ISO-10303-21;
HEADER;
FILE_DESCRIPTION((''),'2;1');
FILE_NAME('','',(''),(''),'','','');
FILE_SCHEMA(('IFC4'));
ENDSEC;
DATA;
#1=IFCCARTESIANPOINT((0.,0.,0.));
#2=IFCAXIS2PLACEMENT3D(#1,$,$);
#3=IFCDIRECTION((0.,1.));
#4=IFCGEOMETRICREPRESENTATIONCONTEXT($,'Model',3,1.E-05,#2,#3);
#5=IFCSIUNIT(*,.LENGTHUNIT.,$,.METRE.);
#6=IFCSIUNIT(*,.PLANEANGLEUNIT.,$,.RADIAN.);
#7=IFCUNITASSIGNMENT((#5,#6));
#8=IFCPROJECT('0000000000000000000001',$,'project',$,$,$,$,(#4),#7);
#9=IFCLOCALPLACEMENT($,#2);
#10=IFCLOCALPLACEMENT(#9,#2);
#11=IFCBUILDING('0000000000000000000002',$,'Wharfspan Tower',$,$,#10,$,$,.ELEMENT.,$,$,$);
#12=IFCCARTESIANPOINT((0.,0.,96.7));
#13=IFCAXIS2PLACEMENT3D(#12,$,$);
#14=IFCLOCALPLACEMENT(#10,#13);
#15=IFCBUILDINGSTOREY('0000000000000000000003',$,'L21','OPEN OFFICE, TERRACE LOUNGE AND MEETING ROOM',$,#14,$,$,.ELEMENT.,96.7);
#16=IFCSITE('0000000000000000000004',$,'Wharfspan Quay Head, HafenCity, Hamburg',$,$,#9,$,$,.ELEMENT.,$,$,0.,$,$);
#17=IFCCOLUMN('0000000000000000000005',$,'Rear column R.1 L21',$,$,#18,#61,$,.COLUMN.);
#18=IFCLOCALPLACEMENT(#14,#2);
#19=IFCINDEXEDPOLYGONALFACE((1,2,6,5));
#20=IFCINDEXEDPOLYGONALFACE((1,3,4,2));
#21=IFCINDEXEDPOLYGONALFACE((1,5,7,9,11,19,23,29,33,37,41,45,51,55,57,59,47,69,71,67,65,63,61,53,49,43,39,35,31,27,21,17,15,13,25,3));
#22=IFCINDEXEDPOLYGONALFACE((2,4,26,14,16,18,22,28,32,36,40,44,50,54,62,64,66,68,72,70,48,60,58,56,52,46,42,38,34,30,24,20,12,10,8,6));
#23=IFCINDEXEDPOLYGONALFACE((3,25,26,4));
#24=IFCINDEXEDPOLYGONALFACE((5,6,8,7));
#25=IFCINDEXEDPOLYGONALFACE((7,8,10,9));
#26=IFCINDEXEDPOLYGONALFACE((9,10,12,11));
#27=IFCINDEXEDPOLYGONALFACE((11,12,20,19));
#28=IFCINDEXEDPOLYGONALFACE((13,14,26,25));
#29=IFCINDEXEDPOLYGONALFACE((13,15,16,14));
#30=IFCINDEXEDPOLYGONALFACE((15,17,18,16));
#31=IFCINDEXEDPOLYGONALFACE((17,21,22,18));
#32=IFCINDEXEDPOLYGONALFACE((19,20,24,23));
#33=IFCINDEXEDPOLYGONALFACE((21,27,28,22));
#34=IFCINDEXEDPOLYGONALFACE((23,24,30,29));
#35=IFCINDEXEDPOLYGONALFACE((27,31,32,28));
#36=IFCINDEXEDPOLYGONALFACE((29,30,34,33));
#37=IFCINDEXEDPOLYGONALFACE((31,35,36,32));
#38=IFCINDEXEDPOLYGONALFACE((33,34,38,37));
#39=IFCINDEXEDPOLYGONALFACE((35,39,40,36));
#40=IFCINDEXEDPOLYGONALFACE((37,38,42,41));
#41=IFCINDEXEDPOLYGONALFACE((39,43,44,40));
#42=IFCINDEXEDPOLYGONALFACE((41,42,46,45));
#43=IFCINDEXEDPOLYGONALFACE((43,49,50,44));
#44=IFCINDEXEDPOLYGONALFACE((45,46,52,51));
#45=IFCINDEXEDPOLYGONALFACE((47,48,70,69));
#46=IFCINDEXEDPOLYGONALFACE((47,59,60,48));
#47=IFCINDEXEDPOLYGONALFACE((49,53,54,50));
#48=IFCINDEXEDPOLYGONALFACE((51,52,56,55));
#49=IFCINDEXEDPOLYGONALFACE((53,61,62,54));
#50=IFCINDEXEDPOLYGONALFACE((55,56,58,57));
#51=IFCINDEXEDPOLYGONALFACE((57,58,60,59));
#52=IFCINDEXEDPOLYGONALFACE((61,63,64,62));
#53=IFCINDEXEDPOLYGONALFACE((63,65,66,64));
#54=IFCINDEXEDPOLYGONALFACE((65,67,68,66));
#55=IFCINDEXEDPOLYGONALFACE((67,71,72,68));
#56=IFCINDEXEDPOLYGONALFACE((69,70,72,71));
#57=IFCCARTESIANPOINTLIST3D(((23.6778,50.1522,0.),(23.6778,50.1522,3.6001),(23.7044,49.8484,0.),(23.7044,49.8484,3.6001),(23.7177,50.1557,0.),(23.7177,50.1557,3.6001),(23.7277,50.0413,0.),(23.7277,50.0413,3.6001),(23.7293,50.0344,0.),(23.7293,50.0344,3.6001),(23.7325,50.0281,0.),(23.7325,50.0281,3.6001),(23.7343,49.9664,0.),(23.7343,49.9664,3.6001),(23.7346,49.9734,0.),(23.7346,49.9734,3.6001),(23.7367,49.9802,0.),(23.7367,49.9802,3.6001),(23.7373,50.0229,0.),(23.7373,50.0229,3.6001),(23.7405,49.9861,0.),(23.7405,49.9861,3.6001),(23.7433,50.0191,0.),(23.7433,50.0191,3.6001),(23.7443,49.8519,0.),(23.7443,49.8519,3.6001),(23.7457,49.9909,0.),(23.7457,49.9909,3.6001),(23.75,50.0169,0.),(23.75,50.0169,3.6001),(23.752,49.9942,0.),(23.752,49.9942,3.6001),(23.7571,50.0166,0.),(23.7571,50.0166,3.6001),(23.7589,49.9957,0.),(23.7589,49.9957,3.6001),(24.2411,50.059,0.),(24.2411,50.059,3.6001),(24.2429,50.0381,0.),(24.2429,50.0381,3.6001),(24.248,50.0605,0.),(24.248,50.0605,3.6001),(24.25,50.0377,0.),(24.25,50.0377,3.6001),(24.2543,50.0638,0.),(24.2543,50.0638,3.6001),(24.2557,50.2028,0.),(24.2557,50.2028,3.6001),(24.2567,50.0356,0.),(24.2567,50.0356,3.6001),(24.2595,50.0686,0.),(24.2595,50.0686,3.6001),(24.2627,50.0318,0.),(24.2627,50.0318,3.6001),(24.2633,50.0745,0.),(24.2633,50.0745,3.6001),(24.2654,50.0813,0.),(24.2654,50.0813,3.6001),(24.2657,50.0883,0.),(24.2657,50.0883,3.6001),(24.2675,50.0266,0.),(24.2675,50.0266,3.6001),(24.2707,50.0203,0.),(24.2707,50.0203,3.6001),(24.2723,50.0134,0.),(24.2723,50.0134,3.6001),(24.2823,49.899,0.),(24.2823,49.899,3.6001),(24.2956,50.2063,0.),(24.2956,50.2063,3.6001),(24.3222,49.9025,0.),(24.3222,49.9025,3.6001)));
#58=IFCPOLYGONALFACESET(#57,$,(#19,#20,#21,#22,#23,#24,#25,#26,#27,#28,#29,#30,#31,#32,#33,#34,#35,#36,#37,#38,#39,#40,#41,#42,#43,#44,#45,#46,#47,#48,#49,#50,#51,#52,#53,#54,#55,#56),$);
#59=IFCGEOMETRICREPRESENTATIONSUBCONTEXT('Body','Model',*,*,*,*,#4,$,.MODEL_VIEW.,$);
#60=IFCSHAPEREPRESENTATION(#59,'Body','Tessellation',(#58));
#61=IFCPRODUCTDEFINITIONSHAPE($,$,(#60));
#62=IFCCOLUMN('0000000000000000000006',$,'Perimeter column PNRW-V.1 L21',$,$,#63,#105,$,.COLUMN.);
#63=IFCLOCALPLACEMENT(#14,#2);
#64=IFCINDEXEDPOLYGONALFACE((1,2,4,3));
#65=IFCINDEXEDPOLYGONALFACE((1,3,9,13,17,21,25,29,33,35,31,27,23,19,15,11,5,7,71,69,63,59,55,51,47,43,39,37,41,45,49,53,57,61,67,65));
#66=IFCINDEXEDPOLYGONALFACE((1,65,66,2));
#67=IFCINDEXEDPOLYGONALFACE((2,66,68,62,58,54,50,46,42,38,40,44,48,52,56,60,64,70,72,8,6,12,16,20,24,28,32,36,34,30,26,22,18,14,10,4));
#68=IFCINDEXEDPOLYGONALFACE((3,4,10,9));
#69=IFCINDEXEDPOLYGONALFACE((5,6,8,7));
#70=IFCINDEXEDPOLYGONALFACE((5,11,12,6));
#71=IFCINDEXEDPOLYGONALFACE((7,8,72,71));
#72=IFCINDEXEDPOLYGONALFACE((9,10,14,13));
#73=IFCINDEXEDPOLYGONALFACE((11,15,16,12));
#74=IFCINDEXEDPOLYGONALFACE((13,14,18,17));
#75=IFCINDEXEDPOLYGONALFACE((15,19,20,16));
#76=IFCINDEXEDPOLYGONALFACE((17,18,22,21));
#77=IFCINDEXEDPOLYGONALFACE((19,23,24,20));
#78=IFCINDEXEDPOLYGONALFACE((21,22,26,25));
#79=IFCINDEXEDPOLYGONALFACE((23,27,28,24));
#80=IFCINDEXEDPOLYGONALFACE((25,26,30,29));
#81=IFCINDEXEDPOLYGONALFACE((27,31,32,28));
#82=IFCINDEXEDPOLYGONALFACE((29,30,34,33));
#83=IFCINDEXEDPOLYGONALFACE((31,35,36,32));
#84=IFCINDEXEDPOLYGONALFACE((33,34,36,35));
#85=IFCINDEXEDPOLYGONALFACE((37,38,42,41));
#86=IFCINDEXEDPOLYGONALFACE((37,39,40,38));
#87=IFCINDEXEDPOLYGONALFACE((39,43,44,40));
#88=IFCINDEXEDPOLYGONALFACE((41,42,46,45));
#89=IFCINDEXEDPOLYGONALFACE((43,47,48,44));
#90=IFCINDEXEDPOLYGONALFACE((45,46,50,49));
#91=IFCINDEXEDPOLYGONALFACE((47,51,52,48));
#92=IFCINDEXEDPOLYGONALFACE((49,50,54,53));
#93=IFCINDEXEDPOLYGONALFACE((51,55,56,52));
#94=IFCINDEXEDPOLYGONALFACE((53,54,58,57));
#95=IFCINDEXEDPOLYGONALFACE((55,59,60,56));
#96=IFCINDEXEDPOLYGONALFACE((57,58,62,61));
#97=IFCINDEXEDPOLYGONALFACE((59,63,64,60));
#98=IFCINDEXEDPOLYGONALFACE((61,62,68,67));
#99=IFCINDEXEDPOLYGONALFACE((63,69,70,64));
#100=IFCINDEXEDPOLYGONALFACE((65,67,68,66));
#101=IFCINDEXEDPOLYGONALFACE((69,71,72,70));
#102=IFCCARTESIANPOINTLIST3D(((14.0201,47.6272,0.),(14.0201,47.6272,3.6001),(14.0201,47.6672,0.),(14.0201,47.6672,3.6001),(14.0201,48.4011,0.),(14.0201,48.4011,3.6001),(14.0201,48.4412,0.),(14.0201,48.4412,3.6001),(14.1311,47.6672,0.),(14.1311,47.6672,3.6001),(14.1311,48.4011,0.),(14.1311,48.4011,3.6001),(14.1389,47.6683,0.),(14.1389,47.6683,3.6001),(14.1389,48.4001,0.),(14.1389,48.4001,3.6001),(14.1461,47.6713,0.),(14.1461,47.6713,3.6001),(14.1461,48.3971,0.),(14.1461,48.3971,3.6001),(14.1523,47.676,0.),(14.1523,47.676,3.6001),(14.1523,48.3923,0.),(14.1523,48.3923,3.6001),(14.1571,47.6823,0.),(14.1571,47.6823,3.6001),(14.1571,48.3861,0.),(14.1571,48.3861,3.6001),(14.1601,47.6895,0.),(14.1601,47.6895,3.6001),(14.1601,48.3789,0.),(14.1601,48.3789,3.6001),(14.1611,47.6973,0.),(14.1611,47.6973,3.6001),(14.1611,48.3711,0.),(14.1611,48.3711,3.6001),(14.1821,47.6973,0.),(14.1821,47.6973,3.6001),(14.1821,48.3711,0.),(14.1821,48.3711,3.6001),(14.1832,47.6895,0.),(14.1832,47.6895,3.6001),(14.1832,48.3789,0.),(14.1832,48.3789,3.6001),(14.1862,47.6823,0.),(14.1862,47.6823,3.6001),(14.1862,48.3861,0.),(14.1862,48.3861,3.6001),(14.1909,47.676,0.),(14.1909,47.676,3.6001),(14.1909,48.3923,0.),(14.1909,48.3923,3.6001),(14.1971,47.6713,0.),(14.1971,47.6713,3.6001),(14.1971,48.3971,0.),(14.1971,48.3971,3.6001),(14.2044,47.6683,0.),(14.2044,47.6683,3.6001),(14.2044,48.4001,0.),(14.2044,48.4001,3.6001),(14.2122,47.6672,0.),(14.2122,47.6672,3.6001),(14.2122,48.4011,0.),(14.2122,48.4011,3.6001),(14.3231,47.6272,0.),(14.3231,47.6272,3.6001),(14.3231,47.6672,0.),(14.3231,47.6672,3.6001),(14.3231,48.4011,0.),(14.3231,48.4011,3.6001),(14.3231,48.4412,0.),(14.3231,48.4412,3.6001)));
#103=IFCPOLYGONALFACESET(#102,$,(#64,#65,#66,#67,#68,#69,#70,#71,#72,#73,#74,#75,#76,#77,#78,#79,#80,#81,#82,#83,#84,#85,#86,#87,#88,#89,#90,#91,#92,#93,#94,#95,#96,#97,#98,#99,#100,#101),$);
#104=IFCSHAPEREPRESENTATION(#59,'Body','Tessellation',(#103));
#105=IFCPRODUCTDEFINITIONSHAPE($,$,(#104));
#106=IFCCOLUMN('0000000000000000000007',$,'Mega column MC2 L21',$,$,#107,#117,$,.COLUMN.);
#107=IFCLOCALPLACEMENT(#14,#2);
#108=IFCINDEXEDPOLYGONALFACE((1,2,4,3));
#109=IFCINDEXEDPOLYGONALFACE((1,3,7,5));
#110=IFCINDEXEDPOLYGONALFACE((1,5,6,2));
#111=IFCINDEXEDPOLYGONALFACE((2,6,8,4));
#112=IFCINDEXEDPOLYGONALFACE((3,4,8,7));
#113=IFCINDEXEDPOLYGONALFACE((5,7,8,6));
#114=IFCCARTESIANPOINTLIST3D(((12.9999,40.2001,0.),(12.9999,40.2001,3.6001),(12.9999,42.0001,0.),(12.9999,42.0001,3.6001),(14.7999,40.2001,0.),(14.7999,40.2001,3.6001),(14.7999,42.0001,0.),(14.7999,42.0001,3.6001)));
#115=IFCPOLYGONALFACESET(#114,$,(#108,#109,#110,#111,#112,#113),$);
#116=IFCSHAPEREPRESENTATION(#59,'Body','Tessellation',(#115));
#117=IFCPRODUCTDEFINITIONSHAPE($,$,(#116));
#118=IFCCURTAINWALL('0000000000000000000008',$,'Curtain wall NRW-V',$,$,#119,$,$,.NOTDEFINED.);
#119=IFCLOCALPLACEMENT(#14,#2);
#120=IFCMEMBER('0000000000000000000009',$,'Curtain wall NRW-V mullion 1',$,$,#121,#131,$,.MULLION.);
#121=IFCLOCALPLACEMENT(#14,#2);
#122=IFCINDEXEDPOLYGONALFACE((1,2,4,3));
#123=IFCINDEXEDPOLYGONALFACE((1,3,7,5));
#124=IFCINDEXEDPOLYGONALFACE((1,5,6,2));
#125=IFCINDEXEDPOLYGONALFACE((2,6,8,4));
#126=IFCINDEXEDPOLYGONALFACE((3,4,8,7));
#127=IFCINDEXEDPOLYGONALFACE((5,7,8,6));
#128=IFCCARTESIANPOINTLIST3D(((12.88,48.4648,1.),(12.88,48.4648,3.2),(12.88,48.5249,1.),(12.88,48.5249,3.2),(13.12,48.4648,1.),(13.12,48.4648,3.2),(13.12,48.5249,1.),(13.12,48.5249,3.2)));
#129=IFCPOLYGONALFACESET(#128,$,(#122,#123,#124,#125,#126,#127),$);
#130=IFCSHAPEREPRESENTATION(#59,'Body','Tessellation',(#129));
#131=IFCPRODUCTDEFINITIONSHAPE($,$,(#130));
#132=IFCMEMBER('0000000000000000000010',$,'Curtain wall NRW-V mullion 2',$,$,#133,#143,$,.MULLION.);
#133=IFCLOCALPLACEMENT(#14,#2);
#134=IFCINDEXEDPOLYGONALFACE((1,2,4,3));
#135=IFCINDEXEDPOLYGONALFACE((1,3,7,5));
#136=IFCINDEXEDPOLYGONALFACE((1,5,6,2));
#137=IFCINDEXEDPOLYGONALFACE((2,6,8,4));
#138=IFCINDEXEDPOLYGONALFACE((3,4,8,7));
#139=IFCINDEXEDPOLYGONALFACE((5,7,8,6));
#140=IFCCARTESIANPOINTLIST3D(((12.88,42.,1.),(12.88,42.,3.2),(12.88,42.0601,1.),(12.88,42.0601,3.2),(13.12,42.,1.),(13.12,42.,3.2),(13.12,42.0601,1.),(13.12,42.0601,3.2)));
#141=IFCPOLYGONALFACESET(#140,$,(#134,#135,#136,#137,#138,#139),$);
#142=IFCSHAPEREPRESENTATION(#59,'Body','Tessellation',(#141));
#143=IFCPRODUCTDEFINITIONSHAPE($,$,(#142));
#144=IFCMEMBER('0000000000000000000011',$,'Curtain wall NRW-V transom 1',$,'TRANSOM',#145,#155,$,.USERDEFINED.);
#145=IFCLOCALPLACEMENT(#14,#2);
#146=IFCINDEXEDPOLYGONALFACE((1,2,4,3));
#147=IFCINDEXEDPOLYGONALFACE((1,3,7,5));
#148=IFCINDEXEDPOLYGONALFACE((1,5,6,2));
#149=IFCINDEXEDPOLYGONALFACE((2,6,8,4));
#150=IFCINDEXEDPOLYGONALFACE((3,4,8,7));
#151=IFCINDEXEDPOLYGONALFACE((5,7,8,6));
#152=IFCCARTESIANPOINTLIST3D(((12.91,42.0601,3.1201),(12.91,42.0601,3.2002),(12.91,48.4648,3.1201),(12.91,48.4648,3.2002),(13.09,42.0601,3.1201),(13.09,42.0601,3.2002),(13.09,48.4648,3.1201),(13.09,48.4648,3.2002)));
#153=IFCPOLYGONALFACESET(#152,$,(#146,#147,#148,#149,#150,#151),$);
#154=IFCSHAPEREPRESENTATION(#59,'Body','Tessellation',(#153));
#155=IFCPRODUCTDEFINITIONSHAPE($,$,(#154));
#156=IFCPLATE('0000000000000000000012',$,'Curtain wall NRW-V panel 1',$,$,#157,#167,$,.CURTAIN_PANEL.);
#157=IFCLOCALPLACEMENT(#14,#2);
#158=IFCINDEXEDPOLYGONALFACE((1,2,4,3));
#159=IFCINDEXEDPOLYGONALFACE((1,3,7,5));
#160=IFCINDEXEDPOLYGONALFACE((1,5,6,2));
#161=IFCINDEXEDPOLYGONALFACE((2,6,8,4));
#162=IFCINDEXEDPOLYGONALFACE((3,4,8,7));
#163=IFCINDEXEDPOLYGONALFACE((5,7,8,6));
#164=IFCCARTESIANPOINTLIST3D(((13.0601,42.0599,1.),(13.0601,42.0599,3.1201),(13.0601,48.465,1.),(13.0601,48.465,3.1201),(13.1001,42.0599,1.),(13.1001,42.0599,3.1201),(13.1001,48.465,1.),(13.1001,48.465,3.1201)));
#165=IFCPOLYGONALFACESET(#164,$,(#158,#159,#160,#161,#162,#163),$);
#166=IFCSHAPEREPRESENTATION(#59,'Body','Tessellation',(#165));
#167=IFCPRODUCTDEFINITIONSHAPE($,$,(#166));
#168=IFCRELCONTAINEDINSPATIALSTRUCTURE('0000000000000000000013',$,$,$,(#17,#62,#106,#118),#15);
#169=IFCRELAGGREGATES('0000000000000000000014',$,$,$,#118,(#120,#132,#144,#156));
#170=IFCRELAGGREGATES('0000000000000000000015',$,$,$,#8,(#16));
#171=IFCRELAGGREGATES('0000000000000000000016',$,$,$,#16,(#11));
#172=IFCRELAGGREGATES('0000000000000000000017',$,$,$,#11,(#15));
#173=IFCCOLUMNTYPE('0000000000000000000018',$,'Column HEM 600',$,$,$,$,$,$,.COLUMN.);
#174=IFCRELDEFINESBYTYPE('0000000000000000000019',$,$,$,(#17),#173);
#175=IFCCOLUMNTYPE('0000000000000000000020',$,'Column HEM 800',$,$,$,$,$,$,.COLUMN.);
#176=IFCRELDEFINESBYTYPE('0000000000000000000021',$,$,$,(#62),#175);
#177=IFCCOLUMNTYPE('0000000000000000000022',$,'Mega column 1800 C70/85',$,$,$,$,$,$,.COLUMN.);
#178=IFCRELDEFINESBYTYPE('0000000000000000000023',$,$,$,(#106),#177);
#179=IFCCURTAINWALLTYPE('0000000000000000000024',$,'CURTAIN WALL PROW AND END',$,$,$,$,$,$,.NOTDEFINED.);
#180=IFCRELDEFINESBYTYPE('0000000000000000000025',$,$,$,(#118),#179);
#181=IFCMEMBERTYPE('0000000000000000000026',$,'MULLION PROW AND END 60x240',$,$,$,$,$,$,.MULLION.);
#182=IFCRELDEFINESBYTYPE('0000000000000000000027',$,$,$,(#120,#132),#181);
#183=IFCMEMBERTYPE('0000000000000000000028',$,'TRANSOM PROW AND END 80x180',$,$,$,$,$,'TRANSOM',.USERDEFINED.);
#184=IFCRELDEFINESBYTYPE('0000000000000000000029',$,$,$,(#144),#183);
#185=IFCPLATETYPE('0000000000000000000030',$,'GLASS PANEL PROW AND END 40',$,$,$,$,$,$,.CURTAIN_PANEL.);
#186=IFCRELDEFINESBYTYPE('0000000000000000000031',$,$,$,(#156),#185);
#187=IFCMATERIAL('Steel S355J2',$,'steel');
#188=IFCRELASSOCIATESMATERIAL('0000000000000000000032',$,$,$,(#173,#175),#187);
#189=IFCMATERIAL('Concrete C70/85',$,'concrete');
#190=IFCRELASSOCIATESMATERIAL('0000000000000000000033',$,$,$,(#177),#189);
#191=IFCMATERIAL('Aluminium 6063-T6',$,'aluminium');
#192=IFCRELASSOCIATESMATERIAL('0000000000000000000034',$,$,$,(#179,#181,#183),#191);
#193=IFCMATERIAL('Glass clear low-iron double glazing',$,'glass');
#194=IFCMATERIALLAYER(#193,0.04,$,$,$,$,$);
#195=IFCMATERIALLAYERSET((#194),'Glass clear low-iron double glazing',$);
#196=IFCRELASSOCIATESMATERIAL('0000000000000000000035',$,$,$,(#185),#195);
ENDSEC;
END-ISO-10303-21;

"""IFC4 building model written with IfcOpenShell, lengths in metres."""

from ifc_helpers import new_model, si_unit, direction, frame, origin, origin_2d, place, context, subcontext, project, spatial, rectangle, i_section, extrude, material, layer, layer_set, material_profile, profile_set, type_object, element, aggregate, save


model = new_model("IFC4")

# Units and contexts
model_context = context("Model", 3, precision=1e-05, world=origin(), true_north=direction((0.0, 1.0)))
body_context = subcontext(model_context, "Body", "Model", "MODEL_VIEW")
ifc_project = project(units=[si_unit("LENGTHUNIT", "METRE"), si_unit("PLANEANGLEUNIT", "RADIAN")], contexts=[model_context])

# Site, building, storey
site_placement = place(None, origin())
site = spatial("IfcSite", under=ifc_project, at=site_placement, Name="Wharfspan Quay Head, HafenCity, Hamburg", CompositionType="ELEMENT", RefElevation=0.0)
building_placement = place(site_placement, origin())
building = spatial("IfcBuilding", under=site, at=building_placement, Name="Wharfspan Tower", CompositionType="ELEMENT")
storey_placement = place(building_placement, frame((0.0, 0.0, 96.7)))
storey = spatial("IfcBuildingStorey", under=building, at=storey_placement, Name="L21", Description="OPEN OFFICE, TERRACE LOUNGE AND MEETING ROOM", CompositionType="ELEMENT", Elevation=96.7)

# Columns
ifc_material_1 = material(Name="Steel S355J2", Category="steel")
ifc_material_profile_1 = material_profile(ifc_material_1, i_section(OverallWidth=0.3049, OverallDepth=0.6201, WebThickness=0.021, FlangeThickness=0.04, FilletRadius=0.0271, at=origin_2d()))
ifc_profile_set_1 = profile_set([ifc_material_profile_1], Name="Steel S355J2")
column_type_1 = type_object("IfcColumnType", Name="Column HEM 600", PredefinedType="COLUMN", material=ifc_profile_set_1)
column_1_placement = place(storey_placement, frame((24.0, 50.0273, 0.0), z_axis=(0.0, 0.0, 1.0), x_axis=(-0.087156, 0.996198, 0.0)))
element("IfcColumn", 1, at=column_1_placement, inside=storey, type_object=column_type_1, Name="Rear column R.1 L21", PredefinedType="COLUMN", context=body_context, shape_type="SweptSolid", body=[
    extrude(i_section(OverallWidth=0.3049, OverallDepth=0.6201, WebThickness=0.021, FlangeThickness=0.04, FilletRadius=0.0271, at=origin_2d()), origin(), (0.0, 0.0, 1.0), 3.6001),
])
ifc_material_profile_2 = material_profile(ifc_material_1, i_section(OverallWidth=0.303, OverallDepth=0.814, WebThickness=0.021, FlangeThickness=0.04, FilletRadius=0.03, at=origin_2d()))
ifc_profile_set_2 = profile_set([ifc_material_profile_2], Name="Steel S355J2")
column_type_2 = type_object("IfcColumnType", Name="Column HEM 800", PredefinedType="COLUMN", material=ifc_profile_set_2)
column_2_placement = place(storey_placement, frame((14.1716, 48.0342, 0.0), z_axis=(0.0, 0.0, 1.0), x_axis=(-1.0, 0.0, 0.0)))
element("IfcColumn", 2, at=column_2_placement, inside=storey, type_object=column_type_2, Name="Perimeter column PNRW-V.1 L21", PredefinedType="COLUMN", context=body_context, shape_type="SweptSolid", body=[
    extrude(i_section(OverallWidth=0.303, OverallDepth=0.814, WebThickness=0.021, FlangeThickness=0.04, FilletRadius=0.03, at=origin_2d()), origin(), (0.0, 0.0, 1.0), 3.6001),
])
ifc_material_2 = material(Name="Concrete C70/85", Category="concrete")
ifc_material_profile_3 = material_profile(ifc_material_2, rectangle(XDim=1.8, YDim=1.8, at=origin_2d()))
ifc_profile_set_3 = profile_set([ifc_material_profile_3], Name="Concrete C70/85")
column_type_3 = type_object("IfcColumnType", Name="Mega column 1800 C70/85", PredefinedType="COLUMN", material=ifc_profile_set_3)
column_3_placement = place(storey_placement, frame((13.8999, 41.1001, 0.0), z_axis=(0.0, 0.0, 1.0), x_axis=(1.0, 0.0, 0.0)))
element("IfcColumn", 3, at=column_3_placement, inside=storey, type_object=column_type_3, Name="Mega column MC2 L21", PredefinedType="COLUMN", context=body_context, shape_type="SweptSolid", body=[
    extrude(rectangle(XDim=1.8, YDim=1.8, at=origin_2d()), origin(), (0.0, 0.0, 1.0), 3.6001),
])

# Curtain wall, members, plate
ifc_material_3 = material(Name="Aluminium 6063-T6", Category="aluminium")
curtain_wall_type = type_object("IfcCurtainWallType", Name="CURTAIN WALL PROW AND END", PredefinedType="NOTDEFINED", material=ifc_material_3)
curtain_wall_placement = place(storey_placement, origin())
curtain_wall = element("IfcCurtainWall", 4, at=curtain_wall_placement, inside=storey, type_object=curtain_wall_type, Name="Curtain wall NRW-V", PredefinedType="NOTDEFINED")
ifc_material_profile_4 = material_profile(ifc_material_3, rectangle(XDim=0.24, YDim=0.0601, at=origin_2d()))
ifc_profile_set_4 = profile_set([ifc_material_profile_4], Name="Aluminium 6063-T6")
member_type_1 = type_object("IfcMemberType", Name="MULLION PROW AND END 60x240", PredefinedType="MULLION", material=ifc_profile_set_4)
member_1_placement = place(storey_placement, frame((13.0, 48.4949, 1.0), z_axis=(0.0, 0.0, 1.0), x_axis=(1.0, 0.0, 0.0)))
member_1 = element("IfcMember", 5, at=member_1_placement, type_object=member_type_1, Name="Curtain wall NRW-V mullion 1", PredefinedType="MULLION", context=body_context, shape_type="SweptSolid", body=[
    extrude(rectangle(XDim=0.24, YDim=0.0601, at=origin_2d()), origin(), (0.0, 0.0, 1.0), 2.2),
])
member_2_placement = place(storey_placement, frame((13.0, 42.03, 1.0), z_axis=(0.0, 0.0, 1.0), x_axis=(1.0, 0.0, 0.0)))
member_2 = element("IfcMember", 6, at=member_2_placement, type_object=member_type_1, Name="Curtain wall NRW-V mullion 2", PredefinedType="MULLION", context=body_context, shape_type="SweptSolid", body=[
    extrude(rectangle(XDim=0.24, YDim=0.0601, at=origin_2d()), origin(), (0.0, 0.0, 1.0), 2.2),
])
ifc_material_profile_5 = material_profile(ifc_material_3, rectangle(XDim=0.1799, YDim=0.0801, at=origin_2d()))
ifc_profile_set_5 = profile_set([ifc_material_profile_5], Name="Aluminium 6063-T6")
member_type_2 = type_object("IfcMemberType", Name="TRANSOM PROW AND END 80x180", ElementType="TRANSOM", PredefinedType="USERDEFINED", material=ifc_profile_set_5)
member_3_placement = place(storey_placement, frame((13.0, 48.4648, 3.1602), z_axis=(0.0, -1.0, 0.0), x_axis=(1.0, 0.0, 0.0)))
member_3 = element("IfcMember", 7, at=member_3_placement, type_object=member_type_2, Name="Curtain wall NRW-V transom 1", ObjectType="TRANSOM", PredefinedType="USERDEFINED", context=body_context, shape_type="SweptSolid", body=[
    extrude(rectangle(XDim=0.1799, YDim=0.0801, at=origin_2d()), origin(), (0.0, 0.0, 1.0), 6.4048),
])
ifc_material_4 = material(Name="Glass clear low-iron double glazing", Category="glass")
ifc_layer_1 = layer(ifc_material_4, 0.04)
ifc_layer_set_1 = layer_set([ifc_layer_1], Name="Glass clear low-iron double glazing")
plate_type = type_object("IfcPlateType", Name="GLASS PANEL PROW AND END 40", PredefinedType="CURTAIN_PANEL", material=ifc_layer_set_1)
plate_placement = place(storey_placement, frame((13.0801, 45.2625, 1.0), z_axis=(0.0, 0.0, 1.0), x_axis=(0.0, -1.0, 0.0)))
plate = element("IfcPlate", 8, at=plate_placement, type_object=plate_type, Name="Curtain wall NRW-V panel 1", PredefinedType="CURTAIN_PANEL", context=body_context, shape_type="SweptSolid", body=[
    extrude(rectangle(XDim=6.405, YDim=0.04, at=origin_2d()), origin(), (0.0, 0.0, 1.0), 2.1201),
])
aggregate(curtain_wall, [member_1, member_2, member_3, plate])

save(model, "model.ifc")
